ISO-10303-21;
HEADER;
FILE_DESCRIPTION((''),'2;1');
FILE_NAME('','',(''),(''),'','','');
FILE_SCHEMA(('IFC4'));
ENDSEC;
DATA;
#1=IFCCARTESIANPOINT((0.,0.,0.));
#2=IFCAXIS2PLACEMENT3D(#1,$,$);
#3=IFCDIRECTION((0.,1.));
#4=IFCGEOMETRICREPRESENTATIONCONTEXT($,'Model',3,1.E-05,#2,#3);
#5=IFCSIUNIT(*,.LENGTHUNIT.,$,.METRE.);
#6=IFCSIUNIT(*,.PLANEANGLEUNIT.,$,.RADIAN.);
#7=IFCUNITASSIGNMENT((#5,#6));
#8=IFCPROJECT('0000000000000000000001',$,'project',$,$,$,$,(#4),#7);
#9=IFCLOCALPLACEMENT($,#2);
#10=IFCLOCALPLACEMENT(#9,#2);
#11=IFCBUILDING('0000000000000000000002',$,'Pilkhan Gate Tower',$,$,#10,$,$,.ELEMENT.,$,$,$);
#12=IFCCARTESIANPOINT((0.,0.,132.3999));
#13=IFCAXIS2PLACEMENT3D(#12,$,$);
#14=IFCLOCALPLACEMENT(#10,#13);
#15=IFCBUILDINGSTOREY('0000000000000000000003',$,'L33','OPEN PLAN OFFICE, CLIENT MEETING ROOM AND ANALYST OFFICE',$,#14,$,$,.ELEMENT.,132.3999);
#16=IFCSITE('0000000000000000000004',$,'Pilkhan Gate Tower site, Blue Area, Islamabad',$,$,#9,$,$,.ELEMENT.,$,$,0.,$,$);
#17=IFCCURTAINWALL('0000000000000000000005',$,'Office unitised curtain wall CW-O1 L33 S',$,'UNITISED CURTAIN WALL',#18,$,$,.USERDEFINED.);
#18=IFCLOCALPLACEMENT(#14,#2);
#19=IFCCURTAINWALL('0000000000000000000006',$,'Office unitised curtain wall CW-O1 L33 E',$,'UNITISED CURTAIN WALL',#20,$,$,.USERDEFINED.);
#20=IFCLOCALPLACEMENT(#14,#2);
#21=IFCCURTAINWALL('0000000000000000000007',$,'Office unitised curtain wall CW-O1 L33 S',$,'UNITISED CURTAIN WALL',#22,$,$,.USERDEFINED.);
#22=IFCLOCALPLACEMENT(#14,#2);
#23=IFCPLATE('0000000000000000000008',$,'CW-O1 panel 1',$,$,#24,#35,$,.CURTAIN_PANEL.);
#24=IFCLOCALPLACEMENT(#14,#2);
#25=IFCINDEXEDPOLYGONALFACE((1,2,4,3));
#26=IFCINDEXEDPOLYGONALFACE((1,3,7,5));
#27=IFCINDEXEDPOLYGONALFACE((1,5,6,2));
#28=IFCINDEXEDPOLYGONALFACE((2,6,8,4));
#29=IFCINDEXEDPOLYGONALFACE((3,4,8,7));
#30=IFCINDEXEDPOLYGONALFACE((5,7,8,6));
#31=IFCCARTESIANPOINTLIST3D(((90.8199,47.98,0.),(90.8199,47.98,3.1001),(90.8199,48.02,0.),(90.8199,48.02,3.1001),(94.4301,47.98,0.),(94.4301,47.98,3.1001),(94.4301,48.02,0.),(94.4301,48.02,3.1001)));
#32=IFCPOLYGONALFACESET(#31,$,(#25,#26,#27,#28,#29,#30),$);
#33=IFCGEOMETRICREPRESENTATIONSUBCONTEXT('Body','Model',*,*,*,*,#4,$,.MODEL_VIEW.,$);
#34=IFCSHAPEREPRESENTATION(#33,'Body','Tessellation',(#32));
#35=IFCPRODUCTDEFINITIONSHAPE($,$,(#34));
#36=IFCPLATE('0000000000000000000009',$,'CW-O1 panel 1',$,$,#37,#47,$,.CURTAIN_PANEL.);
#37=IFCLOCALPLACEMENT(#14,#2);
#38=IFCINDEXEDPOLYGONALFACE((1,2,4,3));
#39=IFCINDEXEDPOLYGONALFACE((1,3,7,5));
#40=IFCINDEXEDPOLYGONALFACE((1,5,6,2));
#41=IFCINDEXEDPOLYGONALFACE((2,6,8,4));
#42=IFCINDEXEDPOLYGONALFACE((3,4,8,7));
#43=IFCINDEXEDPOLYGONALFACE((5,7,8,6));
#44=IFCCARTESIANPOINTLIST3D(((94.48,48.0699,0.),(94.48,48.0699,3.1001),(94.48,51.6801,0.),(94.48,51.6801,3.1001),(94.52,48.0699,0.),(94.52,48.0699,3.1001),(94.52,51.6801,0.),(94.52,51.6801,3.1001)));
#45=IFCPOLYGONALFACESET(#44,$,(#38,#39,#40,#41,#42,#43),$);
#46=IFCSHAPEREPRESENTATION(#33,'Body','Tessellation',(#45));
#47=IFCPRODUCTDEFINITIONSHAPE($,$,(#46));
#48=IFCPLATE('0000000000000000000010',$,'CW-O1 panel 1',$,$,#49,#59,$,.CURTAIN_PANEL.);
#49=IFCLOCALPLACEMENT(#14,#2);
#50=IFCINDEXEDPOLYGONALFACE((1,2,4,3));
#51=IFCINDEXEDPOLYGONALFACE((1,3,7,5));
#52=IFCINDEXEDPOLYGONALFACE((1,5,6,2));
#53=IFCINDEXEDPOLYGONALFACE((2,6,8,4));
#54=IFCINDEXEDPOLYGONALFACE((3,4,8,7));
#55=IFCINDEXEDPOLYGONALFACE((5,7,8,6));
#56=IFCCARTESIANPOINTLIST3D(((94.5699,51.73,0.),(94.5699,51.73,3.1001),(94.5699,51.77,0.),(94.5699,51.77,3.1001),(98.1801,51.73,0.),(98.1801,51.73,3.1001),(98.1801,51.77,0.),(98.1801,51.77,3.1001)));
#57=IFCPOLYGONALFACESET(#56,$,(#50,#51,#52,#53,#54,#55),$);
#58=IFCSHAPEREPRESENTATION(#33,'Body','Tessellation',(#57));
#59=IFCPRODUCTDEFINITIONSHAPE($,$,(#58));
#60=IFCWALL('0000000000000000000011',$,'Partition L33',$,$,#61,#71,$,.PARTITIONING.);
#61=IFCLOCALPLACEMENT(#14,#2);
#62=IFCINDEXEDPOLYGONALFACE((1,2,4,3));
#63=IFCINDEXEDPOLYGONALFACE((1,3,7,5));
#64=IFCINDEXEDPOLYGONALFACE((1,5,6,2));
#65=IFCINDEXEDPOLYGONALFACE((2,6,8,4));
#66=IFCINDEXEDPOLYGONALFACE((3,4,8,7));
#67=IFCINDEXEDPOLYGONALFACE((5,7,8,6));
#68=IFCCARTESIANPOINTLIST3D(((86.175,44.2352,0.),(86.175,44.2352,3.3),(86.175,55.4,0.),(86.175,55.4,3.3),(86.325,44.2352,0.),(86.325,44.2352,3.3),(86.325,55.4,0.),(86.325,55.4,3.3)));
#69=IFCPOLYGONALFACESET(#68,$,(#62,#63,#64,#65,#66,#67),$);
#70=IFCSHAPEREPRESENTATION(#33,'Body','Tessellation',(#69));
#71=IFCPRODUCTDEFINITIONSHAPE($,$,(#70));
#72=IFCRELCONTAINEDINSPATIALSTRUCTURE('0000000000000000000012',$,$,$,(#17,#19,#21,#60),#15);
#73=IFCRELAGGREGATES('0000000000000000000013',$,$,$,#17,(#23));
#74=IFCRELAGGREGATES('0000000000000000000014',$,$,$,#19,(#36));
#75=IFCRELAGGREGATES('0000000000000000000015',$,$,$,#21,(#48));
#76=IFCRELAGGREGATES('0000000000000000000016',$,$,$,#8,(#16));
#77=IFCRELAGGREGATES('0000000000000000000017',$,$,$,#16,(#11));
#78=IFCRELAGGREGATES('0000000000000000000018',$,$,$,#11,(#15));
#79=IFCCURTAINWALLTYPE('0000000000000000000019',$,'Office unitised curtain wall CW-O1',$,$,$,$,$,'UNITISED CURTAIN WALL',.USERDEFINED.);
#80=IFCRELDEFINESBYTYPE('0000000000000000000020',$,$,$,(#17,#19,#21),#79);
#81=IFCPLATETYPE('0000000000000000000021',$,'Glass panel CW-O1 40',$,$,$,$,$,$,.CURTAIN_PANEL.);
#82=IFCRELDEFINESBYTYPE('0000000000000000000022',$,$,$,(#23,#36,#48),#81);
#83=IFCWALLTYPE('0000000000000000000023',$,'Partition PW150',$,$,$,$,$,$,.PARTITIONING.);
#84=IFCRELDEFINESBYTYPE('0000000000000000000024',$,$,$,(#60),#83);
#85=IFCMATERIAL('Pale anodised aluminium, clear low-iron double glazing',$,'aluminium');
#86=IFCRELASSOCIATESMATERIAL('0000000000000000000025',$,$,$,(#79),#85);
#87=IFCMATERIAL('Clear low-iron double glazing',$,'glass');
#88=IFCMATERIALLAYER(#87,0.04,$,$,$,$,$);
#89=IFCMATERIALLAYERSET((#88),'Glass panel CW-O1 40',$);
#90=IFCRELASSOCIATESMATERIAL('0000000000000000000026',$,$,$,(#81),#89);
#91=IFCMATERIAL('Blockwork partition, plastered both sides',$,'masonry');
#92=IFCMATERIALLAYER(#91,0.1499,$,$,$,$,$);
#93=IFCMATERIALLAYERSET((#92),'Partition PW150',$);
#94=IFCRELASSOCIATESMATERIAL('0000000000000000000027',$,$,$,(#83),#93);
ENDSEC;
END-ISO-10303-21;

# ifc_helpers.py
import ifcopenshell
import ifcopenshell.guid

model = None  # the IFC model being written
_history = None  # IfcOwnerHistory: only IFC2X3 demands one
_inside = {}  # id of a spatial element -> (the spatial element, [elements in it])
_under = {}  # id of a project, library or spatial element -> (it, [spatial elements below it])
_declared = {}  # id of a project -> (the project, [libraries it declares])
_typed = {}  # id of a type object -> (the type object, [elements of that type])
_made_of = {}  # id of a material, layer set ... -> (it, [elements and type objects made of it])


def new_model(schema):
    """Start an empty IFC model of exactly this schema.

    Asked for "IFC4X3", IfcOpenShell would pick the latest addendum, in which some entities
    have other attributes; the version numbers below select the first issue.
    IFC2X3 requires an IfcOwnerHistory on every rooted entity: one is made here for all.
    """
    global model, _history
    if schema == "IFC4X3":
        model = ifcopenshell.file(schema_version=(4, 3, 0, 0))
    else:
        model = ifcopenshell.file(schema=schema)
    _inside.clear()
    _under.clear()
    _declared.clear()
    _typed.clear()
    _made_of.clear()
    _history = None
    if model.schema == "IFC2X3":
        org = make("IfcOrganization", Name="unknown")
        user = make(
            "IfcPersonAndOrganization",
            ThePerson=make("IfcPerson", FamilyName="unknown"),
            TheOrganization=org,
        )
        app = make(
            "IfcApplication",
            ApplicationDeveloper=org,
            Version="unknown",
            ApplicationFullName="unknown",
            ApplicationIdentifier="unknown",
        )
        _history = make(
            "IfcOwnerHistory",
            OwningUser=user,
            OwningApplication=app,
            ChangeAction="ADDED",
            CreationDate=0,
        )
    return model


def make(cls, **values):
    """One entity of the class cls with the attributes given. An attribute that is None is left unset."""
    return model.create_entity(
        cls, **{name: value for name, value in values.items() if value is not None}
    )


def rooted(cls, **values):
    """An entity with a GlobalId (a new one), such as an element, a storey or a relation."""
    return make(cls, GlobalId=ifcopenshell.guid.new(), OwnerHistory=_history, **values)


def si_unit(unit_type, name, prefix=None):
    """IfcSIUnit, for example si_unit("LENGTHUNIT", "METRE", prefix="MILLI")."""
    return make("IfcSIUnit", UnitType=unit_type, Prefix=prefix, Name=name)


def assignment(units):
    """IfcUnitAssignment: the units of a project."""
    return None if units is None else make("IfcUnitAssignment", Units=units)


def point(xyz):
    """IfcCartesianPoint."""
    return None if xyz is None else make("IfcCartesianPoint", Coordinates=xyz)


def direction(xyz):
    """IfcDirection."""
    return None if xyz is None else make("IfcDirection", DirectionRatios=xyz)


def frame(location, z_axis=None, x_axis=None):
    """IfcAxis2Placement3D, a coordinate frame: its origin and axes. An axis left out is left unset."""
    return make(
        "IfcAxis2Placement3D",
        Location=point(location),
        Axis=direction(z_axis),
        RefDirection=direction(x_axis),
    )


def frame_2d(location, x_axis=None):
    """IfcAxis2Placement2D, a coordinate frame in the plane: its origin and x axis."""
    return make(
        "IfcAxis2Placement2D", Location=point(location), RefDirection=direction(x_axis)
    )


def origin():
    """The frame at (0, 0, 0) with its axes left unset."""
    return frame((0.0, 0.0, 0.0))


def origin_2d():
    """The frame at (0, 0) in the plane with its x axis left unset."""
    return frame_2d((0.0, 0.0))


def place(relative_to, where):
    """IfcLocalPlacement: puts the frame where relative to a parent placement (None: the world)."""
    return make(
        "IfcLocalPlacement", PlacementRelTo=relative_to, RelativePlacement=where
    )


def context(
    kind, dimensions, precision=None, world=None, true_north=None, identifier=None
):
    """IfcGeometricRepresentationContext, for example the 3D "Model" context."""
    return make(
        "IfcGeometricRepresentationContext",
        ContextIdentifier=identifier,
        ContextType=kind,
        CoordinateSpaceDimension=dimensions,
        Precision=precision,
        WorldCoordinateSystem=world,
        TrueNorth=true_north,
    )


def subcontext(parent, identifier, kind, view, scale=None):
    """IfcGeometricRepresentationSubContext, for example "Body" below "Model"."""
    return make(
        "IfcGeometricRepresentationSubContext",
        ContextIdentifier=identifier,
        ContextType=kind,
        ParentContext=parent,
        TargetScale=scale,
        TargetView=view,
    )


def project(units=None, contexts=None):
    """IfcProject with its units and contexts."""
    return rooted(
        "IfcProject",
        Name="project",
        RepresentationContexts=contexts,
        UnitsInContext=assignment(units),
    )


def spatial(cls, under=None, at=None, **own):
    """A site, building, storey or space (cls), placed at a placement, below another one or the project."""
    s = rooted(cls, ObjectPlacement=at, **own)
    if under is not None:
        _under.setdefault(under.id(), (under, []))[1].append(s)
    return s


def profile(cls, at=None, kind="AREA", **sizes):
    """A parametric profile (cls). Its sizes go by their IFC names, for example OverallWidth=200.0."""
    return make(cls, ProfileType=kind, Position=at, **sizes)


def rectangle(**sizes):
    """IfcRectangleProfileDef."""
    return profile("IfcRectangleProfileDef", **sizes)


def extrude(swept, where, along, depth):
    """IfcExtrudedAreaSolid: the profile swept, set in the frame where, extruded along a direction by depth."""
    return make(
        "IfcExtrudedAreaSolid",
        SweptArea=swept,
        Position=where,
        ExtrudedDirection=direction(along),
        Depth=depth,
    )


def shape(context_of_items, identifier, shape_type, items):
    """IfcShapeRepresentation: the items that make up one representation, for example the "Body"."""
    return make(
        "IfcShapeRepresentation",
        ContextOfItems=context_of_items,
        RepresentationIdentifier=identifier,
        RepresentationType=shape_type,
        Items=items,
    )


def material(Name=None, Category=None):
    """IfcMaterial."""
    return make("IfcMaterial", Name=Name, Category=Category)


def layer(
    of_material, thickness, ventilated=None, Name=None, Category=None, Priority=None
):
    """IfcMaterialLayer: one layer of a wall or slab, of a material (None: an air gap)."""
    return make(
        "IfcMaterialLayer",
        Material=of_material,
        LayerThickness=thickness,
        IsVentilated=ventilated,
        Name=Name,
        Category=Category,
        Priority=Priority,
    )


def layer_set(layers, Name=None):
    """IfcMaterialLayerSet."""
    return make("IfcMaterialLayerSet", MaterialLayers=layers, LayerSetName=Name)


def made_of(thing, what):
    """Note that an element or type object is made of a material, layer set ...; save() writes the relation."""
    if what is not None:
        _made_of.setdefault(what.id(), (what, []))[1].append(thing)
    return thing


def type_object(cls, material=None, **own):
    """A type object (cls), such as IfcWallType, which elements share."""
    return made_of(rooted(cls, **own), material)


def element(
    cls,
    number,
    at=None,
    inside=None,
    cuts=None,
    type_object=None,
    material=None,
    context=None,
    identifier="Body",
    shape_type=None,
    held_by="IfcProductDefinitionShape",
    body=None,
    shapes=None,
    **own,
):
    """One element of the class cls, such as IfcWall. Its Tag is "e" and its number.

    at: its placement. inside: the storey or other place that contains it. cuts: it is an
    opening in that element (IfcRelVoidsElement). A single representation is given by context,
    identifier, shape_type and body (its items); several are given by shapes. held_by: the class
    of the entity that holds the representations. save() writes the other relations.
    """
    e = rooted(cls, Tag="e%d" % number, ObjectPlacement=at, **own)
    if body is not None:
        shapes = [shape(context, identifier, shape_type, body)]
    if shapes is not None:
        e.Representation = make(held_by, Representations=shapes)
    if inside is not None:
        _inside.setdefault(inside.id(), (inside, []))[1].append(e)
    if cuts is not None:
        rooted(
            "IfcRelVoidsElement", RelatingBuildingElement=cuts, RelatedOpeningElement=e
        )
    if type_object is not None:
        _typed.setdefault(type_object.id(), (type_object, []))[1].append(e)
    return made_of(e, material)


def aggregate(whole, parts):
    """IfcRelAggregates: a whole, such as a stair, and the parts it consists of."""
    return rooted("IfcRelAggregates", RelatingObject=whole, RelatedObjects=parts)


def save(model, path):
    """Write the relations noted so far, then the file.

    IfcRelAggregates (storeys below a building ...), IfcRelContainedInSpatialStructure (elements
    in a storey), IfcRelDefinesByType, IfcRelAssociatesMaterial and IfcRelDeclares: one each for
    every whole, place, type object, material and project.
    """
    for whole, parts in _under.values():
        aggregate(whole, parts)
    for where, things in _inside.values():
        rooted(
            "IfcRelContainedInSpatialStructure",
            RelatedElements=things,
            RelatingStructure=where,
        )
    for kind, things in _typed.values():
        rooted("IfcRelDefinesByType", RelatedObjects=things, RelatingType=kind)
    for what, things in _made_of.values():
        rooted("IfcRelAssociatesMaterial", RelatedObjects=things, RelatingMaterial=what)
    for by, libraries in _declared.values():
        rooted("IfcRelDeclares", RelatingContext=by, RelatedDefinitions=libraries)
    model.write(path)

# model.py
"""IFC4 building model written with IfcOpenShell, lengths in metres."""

from ifc_helpers import new_model, si_unit, direction, frame, frame_2d, origin, origin_2d, place, context, subcontext, project, spatial, rectangle, extrude, material, layer, layer_set, type_object, element, aggregate, save


model = new_model("IFC4")

# Units and contexts
model_context = context("Model", 3, precision=1e-05, world=origin(), true_north=direction((0.0, 1.0)))
body_context = subcontext(model_context, "Body", "Model", "MODEL_VIEW")
ifc_project = project(units=[si_unit("LENGTHUNIT", "METRE"), si_unit("PLANEANGLEUNIT", "RADIAN")], contexts=[model_context])

# Site, building, storey
site_placement = place(None, origin())
site = spatial("IfcSite", under=ifc_project, at=site_placement, Name="Pilkhan Gate Tower site, Blue Area, Islamabad", CompositionType="ELEMENT", RefElevation=0.0)
building_placement = place(site_placement, origin())
building = spatial("IfcBuilding", under=site, at=building_placement, Name="Pilkhan Gate Tower", CompositionType="ELEMENT")
storey_placement = place(building_placement, frame((0.0, 0.0, 132.3999)))
storey = spatial("IfcBuildingStorey", under=building, at=storey_placement, Name="L33", Description="OPEN PLAN OFFICE, CLIENT MEETING ROOM AND ANALYST OFFICE", CompositionType="ELEMENT", Elevation=132.3999)

# Shared definitions
ifc_material_1 = material(Name="Pale anodised aluminium, clear low-iron double glazing", Category="aluminium")
curtain_wall_type = type_object("IfcCurtainWallType", Name="Office unitised curtain wall CW-O1", ElementType="UNITISED CURTAIN WALL", PredefinedType="USERDEFINED", material=ifc_material_1)

# Curtain walls
curtain_wall_1_placement = place(storey_placement, origin())
curtain_wall_1 = element("IfcCurtainWall", 1, at=curtain_wall_1_placement, inside=storey, type_object=curtain_wall_type, Name="Office unitised curtain wall CW-O1 L33 S", ObjectType="UNITISED CURTAIN WALL", PredefinedType="USERDEFINED")
curtain_wall_2_placement = place(storey_placement, origin())
curtain_wall_2 = element("IfcCurtainWall", 2, at=curtain_wall_2_placement, inside=storey, type_object=curtain_wall_type, Name="Office unitised curtain wall CW-O1 L33 E", ObjectType="UNITISED CURTAIN WALL", PredefinedType="USERDEFINED")
curtain_wall_3_placement = place(storey_placement, origin())
curtain_wall_3 = element("IfcCurtainWall", 3, at=curtain_wall_3_placement, inside=storey, type_object=curtain_wall_type, Name="Office unitised curtain wall CW-O1 L33 S", ObjectType="UNITISED CURTAIN WALL", PredefinedType="USERDEFINED")

# Plates
ifc_material_2 = material(Name="Clear low-iron double glazing", Category="glass")
ifc_layer_1 = layer(ifc_material_2, 0.04)
ifc_layer_set_1 = layer_set([ifc_layer_1], Name="Glass panel CW-O1 40")
plate_type = type_object("IfcPlateType", Name="Glass panel CW-O1 40", PredefinedType="CURTAIN_PANEL", material=ifc_layer_set_1)
plate_1_placement = place(storey_placement, frame((92.625, 48.0, 0.0), z_axis=(0.0, 0.0, 1.0), x_axis=(1.0, 0.0, 0.0)))
plate_1 = element("IfcPlate", 4, at=plate_1_placement, type_object=plate_type, Name="CW-O1 panel 1", PredefinedType="CURTAIN_PANEL", context=body_context, shape_type="SweptSolid", body=[
    extrude(rectangle(XDim=3.6101, YDim=0.04, at=origin_2d()), origin(), (0.0, 0.0, 1.0), 3.1001),
])
aggregate(curtain_wall_1, [plate_1])
plate_2_placement = place(storey_placement, frame((94.5, 49.875, 0.0), z_axis=(0.0, 0.0, 1.0), x_axis=(0.0, 1.0, 0.0)))
plate_2 = element("IfcPlate", 5, at=plate_2_placement, type_object=plate_type, Name="CW-O1 panel 1", PredefinedType="CURTAIN_PANEL", context=body_context, shape_type="SweptSolid", body=[
    extrude(rectangle(XDim=3.6101, YDim=0.04, at=origin_2d()), origin(), (0.0, 0.0, 1.0), 3.1001),
])
aggregate(curtain_wall_2, [plate_2])
plate_3_placement = place(storey_placement, frame((96.375, 51.75, 0.0), z_axis=(0.0, 0.0, 1.0), x_axis=(1.0, 0.0, 0.0)))
plate_3 = element("IfcPlate", 6, at=plate_3_placement, type_object=plate_type, Name="CW-O1 panel 1", PredefinedType="CURTAIN_PANEL", context=body_context, shape_type="SweptSolid", body=[
    extrude(rectangle(XDim=3.6101, YDim=0.04, at=origin_2d()), origin(), (0.0, 0.0, 1.0), 3.1001),
])
aggregate(curtain_wall_3, [plate_3])

# Wall
ifc_material_3 = material(Name="Blockwork partition, plastered both sides", Category="masonry")
ifc_layer_2 = layer(ifc_material_3, 0.1499)
ifc_layer_set_2 = layer_set([ifc_layer_2], Name="Partition PW150")
wall_type = type_object("IfcWallType", Name="Partition PW150", PredefinedType="PARTITIONING", material=ifc_layer_set_2)
wall_placement = place(storey_placement, frame((86.25, 44.2351, 0.0), z_axis=(0.0, 0.0, 1.0), x_axis=(0.0, 1.0, 0.0)))
element("IfcWall", 7, at=wall_placement, inside=storey, type_object=wall_type, Name="Partition L33", PredefinedType="PARTITIONING", context=body_context, shape_type="SweptSolid", body=[
    extrude(rectangle(XDim=11.1648, YDim=0.1499, at=frame_2d((5.5825, 0.0))), origin(), (0.0, 0.0, 1.0), 3.3),
])

save(model, "model.ifc")
